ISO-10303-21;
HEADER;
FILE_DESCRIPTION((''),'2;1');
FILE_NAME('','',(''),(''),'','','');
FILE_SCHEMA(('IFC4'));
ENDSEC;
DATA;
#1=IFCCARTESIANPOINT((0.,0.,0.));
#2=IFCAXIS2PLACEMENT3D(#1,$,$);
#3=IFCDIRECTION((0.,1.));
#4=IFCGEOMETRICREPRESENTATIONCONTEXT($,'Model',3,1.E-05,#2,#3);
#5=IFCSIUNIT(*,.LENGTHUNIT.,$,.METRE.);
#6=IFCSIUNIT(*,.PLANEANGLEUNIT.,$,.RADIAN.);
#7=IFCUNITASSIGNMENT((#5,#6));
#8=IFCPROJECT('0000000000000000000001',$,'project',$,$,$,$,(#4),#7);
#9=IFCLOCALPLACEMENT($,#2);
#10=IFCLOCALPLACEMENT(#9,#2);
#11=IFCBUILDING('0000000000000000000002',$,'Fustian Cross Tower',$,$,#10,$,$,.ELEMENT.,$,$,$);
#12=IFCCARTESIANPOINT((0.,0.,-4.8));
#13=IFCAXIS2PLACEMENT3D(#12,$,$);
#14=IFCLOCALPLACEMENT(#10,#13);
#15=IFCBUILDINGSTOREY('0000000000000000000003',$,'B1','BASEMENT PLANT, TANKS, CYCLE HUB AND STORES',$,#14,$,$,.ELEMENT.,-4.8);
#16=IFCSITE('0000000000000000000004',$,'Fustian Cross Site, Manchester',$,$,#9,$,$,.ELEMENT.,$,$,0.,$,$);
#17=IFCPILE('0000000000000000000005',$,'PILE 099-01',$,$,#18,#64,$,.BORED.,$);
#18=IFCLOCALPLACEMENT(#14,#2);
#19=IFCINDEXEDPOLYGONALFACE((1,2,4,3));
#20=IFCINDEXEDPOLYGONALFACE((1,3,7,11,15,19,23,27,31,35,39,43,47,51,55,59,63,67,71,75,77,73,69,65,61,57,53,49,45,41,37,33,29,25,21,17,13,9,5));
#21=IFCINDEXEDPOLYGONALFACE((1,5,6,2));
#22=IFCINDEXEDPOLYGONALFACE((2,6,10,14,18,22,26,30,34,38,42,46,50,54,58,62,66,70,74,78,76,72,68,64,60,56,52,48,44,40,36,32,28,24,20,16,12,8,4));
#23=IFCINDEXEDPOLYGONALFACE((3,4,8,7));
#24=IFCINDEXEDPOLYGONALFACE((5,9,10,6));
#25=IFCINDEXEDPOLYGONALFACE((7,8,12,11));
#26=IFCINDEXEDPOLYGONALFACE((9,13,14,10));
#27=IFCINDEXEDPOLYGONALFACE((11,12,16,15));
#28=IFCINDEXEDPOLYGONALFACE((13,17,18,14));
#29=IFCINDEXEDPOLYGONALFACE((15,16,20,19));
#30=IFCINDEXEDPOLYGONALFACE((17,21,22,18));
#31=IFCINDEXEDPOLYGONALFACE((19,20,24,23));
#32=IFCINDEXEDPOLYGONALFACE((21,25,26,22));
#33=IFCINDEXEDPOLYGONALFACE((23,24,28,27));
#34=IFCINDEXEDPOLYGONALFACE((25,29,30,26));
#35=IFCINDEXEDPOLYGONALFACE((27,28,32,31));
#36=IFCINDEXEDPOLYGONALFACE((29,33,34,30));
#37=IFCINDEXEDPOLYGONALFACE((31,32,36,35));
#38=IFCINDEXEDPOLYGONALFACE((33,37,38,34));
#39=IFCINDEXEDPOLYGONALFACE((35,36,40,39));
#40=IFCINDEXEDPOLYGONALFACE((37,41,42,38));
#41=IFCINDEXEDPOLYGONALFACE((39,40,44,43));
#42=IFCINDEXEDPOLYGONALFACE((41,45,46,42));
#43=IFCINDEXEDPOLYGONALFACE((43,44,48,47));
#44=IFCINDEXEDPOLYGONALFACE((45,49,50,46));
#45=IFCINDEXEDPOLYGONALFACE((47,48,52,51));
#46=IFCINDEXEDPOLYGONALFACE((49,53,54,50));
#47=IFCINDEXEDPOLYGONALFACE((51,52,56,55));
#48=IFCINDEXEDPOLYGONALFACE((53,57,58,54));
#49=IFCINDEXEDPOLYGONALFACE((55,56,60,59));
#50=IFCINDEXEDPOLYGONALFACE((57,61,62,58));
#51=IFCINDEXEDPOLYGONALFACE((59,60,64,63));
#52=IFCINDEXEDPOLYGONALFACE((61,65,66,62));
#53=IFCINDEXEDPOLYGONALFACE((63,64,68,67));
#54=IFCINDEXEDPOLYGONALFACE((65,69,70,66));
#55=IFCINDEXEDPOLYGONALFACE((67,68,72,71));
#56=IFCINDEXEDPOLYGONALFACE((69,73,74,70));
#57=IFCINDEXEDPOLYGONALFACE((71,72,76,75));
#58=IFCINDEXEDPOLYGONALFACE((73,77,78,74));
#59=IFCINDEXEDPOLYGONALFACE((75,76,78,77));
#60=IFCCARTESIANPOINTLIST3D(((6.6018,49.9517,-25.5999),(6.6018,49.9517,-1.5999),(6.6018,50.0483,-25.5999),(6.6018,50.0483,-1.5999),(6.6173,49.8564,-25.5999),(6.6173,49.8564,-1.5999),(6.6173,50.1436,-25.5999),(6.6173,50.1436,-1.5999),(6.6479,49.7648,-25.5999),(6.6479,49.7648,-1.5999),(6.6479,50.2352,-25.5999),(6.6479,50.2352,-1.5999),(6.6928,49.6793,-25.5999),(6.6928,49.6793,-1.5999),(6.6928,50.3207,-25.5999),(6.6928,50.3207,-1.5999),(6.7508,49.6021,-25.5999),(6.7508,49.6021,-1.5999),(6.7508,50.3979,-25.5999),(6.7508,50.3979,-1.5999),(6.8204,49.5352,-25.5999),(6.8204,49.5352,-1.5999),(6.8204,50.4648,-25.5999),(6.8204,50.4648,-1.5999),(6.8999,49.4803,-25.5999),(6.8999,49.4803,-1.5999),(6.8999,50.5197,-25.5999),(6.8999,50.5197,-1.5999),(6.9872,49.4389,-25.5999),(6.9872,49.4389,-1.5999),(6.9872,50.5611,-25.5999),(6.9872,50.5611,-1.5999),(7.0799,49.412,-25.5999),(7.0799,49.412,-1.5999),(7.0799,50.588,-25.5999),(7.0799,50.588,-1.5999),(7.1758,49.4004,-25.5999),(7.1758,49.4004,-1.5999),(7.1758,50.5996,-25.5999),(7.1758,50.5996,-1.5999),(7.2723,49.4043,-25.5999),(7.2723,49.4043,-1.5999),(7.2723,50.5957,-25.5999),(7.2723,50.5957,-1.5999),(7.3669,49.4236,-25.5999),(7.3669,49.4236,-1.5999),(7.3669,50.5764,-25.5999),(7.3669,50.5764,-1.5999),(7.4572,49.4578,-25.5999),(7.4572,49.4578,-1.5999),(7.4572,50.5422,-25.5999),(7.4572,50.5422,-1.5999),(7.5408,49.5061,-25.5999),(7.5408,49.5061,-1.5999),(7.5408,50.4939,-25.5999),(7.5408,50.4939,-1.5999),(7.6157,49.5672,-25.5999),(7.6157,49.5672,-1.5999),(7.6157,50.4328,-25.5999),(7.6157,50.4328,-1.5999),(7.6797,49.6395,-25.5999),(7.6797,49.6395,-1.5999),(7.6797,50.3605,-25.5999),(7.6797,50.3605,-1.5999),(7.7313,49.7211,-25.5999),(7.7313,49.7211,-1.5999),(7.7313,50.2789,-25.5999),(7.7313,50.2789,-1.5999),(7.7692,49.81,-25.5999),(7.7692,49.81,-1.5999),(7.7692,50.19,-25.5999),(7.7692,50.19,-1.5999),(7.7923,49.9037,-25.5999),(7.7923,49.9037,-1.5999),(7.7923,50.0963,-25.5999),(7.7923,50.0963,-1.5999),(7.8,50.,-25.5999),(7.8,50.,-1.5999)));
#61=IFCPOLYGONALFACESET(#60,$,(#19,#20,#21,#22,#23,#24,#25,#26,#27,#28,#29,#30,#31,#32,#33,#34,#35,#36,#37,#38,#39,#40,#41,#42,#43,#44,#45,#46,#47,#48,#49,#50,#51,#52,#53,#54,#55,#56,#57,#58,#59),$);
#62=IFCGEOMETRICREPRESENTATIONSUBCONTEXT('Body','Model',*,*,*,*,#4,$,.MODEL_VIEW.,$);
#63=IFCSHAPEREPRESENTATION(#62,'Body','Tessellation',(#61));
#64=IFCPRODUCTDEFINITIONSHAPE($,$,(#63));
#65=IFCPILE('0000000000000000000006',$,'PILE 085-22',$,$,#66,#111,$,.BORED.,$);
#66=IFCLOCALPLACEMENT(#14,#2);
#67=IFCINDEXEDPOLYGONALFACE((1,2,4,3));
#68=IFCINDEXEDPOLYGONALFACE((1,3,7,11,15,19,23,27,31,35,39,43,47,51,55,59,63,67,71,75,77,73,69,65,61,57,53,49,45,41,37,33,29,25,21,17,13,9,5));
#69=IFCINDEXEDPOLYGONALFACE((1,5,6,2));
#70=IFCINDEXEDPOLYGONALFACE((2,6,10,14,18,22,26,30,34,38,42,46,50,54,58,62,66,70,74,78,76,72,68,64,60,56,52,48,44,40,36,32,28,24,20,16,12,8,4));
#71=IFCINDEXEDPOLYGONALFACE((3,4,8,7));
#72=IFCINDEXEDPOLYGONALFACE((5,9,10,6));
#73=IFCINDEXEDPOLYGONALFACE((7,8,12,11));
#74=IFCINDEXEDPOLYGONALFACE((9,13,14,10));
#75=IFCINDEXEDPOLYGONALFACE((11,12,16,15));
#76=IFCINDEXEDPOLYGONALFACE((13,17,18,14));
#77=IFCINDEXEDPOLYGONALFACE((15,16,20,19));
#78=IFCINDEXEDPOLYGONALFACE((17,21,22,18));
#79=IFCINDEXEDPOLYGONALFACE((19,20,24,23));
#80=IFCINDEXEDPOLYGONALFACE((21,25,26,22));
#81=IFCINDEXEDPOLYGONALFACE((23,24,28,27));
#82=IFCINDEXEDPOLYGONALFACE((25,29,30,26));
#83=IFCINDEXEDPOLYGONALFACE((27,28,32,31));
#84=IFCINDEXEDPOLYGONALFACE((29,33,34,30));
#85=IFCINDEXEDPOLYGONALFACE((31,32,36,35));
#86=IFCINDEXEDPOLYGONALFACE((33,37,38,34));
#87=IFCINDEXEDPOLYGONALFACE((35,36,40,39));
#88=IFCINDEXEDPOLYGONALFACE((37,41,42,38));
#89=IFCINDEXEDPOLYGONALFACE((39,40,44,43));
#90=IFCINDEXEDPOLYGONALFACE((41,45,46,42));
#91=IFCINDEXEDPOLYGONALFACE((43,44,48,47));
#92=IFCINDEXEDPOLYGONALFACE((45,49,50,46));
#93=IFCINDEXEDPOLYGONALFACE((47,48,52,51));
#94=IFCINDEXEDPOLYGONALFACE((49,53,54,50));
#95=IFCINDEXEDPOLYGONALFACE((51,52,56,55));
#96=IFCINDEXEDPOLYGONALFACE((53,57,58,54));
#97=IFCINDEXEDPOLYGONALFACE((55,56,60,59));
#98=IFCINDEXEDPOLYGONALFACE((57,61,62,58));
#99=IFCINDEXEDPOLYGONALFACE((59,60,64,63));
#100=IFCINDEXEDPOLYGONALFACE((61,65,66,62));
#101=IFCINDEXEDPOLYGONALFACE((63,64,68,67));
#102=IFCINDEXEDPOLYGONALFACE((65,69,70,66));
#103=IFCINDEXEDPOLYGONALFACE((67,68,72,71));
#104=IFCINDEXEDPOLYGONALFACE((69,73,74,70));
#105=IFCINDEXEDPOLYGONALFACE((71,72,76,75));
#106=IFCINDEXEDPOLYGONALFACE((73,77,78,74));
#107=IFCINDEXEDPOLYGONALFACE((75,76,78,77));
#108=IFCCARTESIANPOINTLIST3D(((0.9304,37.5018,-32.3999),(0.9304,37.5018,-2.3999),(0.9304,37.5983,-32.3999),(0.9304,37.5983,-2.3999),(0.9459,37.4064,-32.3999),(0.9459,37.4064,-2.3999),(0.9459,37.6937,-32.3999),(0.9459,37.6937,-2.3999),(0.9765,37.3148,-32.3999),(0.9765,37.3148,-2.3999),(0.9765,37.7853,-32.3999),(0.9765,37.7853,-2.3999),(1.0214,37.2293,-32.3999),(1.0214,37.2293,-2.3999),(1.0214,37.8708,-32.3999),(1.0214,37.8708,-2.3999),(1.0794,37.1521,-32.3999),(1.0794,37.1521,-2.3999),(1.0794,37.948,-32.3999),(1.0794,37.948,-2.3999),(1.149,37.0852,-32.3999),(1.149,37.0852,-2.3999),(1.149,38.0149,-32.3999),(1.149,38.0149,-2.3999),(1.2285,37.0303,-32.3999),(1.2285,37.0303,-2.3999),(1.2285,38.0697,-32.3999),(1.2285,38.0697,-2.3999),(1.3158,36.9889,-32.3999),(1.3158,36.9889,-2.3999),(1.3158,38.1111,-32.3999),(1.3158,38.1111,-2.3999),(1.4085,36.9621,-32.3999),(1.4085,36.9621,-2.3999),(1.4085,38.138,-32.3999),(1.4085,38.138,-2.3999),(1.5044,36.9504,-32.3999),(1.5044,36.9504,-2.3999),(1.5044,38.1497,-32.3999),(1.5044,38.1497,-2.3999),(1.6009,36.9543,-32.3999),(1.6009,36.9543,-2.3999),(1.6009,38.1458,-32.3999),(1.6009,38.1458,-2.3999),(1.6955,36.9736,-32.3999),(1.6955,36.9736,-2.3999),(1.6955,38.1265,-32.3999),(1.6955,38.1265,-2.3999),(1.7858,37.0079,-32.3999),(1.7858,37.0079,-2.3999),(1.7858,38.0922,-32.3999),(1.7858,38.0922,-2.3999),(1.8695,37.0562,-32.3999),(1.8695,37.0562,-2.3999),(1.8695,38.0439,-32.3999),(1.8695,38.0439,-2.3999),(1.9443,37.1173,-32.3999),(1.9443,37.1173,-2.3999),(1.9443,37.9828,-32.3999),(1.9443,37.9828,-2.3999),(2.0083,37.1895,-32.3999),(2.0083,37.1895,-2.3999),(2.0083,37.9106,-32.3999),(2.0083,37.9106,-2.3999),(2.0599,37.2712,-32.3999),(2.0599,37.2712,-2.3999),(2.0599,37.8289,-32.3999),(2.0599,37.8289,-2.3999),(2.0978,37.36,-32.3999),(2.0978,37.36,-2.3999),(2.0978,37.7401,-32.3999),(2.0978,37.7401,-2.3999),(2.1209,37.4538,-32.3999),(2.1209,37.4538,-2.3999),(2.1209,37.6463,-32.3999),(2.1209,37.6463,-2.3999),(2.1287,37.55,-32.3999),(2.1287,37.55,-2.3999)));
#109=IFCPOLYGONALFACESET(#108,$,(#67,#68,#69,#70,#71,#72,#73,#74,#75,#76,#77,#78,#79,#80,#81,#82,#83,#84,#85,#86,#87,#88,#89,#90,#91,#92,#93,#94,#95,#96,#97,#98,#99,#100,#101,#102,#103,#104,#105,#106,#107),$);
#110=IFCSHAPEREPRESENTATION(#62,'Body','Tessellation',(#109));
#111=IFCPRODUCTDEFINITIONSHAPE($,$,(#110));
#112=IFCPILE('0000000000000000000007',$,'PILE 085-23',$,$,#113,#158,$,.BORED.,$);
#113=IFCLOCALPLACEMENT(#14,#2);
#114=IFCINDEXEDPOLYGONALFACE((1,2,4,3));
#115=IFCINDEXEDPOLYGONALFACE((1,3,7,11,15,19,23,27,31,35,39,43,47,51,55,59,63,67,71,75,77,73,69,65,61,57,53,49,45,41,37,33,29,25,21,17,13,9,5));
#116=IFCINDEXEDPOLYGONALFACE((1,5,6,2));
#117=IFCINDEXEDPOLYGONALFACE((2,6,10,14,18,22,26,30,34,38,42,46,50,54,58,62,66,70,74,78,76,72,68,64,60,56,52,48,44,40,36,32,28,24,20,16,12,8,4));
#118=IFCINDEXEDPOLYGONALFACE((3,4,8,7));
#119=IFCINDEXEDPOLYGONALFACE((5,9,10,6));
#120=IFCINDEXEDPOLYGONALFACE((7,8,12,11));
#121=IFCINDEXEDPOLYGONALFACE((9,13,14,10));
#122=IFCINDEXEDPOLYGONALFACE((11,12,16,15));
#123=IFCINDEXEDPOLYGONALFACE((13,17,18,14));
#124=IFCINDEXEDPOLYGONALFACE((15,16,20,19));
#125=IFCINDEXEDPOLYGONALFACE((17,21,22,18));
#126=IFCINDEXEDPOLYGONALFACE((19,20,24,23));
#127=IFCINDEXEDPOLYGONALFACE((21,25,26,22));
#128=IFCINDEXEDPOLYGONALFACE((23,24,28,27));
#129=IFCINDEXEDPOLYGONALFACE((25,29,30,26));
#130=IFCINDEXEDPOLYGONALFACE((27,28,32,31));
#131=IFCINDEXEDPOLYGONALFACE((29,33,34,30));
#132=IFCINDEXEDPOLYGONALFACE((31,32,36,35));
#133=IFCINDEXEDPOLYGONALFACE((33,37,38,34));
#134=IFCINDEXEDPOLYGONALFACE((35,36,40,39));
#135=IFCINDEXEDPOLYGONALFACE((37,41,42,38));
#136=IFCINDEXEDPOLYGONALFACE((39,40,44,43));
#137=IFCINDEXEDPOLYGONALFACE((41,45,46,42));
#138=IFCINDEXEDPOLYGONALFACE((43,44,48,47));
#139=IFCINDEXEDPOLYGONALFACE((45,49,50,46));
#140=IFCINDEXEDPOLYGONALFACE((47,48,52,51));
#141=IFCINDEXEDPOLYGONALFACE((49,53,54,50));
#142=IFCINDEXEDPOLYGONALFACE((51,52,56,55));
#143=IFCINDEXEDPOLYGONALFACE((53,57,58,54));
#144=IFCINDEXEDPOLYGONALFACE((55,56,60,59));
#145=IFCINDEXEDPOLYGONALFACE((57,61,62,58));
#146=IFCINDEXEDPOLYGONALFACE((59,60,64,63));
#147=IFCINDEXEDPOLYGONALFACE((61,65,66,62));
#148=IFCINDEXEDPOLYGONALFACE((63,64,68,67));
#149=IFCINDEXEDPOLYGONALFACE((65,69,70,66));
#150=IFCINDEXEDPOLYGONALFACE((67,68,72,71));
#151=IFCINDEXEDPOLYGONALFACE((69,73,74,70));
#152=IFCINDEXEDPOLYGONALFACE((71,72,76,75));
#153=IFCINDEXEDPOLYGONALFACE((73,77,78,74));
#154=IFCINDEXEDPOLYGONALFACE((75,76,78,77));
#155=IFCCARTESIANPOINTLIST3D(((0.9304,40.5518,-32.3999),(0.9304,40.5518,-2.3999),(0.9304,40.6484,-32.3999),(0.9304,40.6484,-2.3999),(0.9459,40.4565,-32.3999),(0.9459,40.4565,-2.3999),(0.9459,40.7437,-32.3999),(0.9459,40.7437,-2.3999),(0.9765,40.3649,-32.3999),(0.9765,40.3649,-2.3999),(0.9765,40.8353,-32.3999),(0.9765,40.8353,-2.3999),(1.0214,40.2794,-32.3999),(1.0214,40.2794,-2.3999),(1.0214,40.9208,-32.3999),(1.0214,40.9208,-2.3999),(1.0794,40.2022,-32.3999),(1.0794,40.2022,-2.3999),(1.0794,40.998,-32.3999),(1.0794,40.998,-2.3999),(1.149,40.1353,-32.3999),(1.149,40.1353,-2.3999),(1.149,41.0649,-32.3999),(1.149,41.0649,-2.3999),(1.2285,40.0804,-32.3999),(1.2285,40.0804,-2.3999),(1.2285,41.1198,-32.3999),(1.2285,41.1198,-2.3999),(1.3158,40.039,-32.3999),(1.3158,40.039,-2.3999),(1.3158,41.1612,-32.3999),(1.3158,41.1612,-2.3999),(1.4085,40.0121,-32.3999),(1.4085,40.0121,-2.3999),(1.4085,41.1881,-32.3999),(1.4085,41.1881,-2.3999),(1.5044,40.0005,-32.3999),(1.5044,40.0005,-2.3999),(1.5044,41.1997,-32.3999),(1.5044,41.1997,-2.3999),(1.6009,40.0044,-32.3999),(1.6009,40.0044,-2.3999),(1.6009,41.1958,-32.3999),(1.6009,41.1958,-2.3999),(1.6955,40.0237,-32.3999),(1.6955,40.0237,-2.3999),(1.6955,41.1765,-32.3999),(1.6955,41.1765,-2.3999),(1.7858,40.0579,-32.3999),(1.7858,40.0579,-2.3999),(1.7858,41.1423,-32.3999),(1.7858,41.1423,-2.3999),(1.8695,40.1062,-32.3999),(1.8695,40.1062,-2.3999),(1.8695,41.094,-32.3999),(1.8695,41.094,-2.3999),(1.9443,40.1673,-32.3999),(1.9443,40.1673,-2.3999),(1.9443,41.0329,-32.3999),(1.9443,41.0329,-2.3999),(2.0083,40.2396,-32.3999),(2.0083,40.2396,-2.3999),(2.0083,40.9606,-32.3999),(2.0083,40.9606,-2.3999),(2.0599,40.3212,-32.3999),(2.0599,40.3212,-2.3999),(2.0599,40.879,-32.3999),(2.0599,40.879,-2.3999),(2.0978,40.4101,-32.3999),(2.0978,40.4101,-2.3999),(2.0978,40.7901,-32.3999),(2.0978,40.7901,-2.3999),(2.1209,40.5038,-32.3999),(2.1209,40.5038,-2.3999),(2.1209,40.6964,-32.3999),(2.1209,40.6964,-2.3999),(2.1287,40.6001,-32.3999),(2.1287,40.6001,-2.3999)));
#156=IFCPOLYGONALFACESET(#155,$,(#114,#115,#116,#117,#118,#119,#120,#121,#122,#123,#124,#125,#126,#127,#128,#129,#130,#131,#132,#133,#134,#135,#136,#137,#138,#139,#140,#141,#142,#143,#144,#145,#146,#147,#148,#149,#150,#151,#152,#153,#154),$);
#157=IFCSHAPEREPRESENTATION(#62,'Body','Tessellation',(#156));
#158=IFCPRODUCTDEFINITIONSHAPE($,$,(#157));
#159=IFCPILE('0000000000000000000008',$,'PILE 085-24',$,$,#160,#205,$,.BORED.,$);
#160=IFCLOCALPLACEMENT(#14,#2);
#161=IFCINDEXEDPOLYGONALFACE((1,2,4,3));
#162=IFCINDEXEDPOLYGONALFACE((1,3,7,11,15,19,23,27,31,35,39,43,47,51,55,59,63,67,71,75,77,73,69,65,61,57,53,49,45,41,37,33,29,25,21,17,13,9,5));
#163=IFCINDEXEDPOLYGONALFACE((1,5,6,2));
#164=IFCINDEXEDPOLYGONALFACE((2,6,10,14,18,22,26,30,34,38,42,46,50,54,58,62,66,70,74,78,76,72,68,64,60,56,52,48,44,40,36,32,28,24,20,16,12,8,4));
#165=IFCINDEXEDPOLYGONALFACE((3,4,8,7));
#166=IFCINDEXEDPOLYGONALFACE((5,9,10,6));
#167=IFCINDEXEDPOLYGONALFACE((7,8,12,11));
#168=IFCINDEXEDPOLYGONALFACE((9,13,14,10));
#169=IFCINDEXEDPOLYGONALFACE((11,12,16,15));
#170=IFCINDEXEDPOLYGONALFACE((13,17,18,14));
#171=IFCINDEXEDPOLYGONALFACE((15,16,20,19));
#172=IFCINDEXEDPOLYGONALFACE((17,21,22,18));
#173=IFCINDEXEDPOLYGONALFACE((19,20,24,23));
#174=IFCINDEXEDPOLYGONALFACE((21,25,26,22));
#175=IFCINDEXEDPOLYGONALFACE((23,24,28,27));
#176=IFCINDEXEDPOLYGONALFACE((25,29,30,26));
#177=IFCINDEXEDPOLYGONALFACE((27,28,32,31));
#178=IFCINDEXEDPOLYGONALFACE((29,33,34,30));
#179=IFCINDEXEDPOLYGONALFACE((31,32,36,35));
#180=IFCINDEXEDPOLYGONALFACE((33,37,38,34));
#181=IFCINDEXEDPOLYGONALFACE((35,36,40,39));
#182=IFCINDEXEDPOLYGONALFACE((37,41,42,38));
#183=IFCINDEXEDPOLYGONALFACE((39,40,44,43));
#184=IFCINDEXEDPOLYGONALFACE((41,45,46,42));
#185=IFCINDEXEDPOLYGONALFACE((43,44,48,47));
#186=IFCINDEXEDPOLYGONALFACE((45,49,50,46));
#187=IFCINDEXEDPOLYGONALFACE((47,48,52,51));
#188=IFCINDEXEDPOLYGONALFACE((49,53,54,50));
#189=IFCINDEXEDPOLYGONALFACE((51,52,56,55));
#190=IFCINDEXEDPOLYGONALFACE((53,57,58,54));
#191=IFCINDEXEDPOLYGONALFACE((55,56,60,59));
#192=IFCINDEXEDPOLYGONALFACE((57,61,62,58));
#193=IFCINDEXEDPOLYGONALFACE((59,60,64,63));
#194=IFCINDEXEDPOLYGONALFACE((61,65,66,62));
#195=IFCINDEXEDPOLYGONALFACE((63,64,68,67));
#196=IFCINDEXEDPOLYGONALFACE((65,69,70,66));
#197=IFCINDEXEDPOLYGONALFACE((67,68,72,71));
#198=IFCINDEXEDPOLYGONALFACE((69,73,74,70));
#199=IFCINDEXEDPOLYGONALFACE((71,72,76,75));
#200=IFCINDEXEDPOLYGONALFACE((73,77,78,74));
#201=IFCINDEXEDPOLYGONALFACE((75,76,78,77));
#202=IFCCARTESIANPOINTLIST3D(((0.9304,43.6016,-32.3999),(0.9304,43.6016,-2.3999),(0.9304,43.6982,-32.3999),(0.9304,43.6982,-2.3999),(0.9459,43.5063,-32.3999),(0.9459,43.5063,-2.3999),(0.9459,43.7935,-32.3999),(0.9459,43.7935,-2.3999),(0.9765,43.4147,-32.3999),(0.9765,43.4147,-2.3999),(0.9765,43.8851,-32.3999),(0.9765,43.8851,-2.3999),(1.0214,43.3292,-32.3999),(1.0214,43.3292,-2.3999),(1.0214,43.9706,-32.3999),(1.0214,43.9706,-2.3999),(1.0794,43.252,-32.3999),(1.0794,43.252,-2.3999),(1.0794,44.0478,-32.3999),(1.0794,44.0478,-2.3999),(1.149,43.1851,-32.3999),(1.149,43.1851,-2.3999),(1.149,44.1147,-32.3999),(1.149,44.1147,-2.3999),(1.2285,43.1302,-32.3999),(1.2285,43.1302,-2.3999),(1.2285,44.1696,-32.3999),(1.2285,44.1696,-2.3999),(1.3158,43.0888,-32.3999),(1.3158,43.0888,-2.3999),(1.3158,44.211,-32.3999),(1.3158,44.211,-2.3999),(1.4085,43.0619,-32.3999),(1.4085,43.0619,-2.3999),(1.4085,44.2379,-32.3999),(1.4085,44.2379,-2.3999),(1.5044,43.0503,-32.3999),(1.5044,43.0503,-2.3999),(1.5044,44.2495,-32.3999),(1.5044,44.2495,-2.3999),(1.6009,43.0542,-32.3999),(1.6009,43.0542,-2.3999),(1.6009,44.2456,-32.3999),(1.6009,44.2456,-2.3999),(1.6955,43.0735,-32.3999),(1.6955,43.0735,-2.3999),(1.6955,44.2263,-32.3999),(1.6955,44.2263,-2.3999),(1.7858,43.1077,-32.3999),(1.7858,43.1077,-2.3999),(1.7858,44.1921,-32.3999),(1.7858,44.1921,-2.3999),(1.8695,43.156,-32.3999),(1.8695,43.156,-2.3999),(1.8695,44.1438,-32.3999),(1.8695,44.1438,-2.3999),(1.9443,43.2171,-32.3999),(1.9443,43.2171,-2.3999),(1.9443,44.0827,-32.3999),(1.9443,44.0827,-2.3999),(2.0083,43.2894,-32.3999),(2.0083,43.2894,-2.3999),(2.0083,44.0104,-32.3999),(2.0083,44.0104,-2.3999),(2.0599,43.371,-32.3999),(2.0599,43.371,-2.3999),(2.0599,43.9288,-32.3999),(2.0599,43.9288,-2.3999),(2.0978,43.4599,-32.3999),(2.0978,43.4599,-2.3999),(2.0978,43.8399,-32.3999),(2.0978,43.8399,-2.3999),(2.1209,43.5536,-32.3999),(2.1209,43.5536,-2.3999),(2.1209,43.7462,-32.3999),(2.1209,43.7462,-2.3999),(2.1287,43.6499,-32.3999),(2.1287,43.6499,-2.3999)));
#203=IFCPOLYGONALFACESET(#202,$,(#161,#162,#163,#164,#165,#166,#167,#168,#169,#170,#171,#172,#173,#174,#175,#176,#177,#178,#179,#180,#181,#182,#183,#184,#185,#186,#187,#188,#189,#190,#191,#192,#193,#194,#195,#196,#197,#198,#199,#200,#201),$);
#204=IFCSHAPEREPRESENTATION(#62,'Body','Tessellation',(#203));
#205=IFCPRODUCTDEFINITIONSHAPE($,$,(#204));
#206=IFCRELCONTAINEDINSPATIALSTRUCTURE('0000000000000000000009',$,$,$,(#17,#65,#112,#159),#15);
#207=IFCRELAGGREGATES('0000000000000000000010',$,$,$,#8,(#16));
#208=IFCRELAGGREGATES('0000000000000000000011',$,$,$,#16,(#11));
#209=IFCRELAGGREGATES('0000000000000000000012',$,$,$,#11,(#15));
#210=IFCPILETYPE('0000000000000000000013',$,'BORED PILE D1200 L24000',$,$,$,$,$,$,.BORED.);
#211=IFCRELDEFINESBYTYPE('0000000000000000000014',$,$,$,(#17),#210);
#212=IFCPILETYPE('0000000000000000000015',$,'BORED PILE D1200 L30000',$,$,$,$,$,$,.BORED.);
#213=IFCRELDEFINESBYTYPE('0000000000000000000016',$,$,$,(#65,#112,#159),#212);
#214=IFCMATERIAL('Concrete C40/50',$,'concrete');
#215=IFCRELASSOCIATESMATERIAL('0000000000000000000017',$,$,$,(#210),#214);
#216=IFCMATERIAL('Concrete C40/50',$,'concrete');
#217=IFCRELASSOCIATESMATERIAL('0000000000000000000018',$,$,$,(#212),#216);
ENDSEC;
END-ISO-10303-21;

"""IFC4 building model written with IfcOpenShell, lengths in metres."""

from ifc_helpers import new_model, si_unit, direction, frame, origin, origin_2d, place, context, subcontext, project, spatial, circle, extrude, material, material_profile, profile_set, type_object, element, save


model = new_model("IFC4")

# Units and contexts
model_context = context("Model", 3, precision=1e-05, world=origin(), true_north=direction((0.0, 1.0)))
body_context = subcontext(model_context, "Body", "Model", "MODEL_VIEW")
ifc_project = project(units=[si_unit("LENGTHUNIT", "METRE"), si_unit("PLANEANGLEUNIT", "RADIAN")], contexts=[model_context])

# Site, building, storey
site_placement = place(None, origin())
site = spatial("IfcSite", under=ifc_project, at=site_placement, Name="Fustian Cross Site, Manchester", CompositionType="ELEMENT", RefElevation=0.0)
building_placement = place(site_placement, origin())
building = spatial("IfcBuilding", under=site, at=building_placement, Name="Fustian Cross Tower", CompositionType="ELEMENT")
storey_placement = place(building_placement, frame((0.0, 0.0, -4.8)))
storey = spatial("IfcBuildingStorey", under=building, at=storey_placement, Name="B1", Description="BASEMENT PLANT, TANKS, CYCLE HUB AND STORES", CompositionType="ELEMENT", Elevation=-4.8)

# Piles
ifc_material_1 = material(Name="Concrete C40/50", Category="concrete")
ifc_material_profile_1 = material_profile(ifc_material_1, circle(Radius=0.6001, at=origin_2d()), Name="BORED PILE D1200 L24000")
ifc_profile_set_1 = profile_set([ifc_material_profile_1], Name="Concrete C40/50")
pile_type_1 = type_object("IfcPileType", Name="BORED PILE D1200 L24000", PredefinedType="BORED", material=ifc_profile_set_1)
pile_placement = place(storey_placement, frame((7.2, 50.0, -1.5999), z_axis=(0.0, 0.0, -1.0), x_axis=(1.0, 0.0, 0.0)))
element("IfcPile", 1, at=pile_placement, inside=storey, type_object=pile_type_1, Name="PILE 099-01", PredefinedType="BORED", context=body_context, shape_type="SweptSolid", body=[
    extrude(circle(Radius=0.6001, at=origin_2d()), origin(), (0.0, 0.0, 1.0), 24.0),
])
ifc_material_2 = material(Name="Concrete C40/50", Category="concrete")
ifc_material_profile_2 = material_profile(ifc_material_2, circle(Radius=0.6001, at=origin_2d()), Name="BORED PILE D1200 L30000")
ifc_profile_set_2 = profile_set([ifc_material_profile_2], Name="Concrete C40/50")
pile_type_2 = type_object("IfcPileType", Name="BORED PILE D1200 L30000", PredefinedType="BORED", material=ifc_profile_set_2)
for number, where, z_axis, x_axis, name in (
    (2, (1.5286, 37.55, -2.3999), (0.0, 0.0, -1.0), (1.0, 0.0, 0.0), "PILE 085-22"),
    (3, (1.5286, 40.6001, -2.3999), (0.0, 0.0, -1.0), (1.0, 0.0, 0.0), "PILE 085-23"),
    (4, (1.5286, 43.6499, -2.3999), (0.0, 0.0, -1.0), (1.0, 0.0, 0.0), "PILE 085-24"),
):
    element("IfcPile", number, at=place(storey_placement, frame(where, z_axis=z_axis, x_axis=x_axis)), inside=storey, type_object=pile_type_2, Name=name, PredefinedType="BORED", context=body_context, shape_type="SweptSolid", body=[
        extrude(circle(Radius=0.6001, at=origin_2d()), origin(), (0.0, 0.0, 1.0), 30.0),
    ])

save(model, "model.ifc")
